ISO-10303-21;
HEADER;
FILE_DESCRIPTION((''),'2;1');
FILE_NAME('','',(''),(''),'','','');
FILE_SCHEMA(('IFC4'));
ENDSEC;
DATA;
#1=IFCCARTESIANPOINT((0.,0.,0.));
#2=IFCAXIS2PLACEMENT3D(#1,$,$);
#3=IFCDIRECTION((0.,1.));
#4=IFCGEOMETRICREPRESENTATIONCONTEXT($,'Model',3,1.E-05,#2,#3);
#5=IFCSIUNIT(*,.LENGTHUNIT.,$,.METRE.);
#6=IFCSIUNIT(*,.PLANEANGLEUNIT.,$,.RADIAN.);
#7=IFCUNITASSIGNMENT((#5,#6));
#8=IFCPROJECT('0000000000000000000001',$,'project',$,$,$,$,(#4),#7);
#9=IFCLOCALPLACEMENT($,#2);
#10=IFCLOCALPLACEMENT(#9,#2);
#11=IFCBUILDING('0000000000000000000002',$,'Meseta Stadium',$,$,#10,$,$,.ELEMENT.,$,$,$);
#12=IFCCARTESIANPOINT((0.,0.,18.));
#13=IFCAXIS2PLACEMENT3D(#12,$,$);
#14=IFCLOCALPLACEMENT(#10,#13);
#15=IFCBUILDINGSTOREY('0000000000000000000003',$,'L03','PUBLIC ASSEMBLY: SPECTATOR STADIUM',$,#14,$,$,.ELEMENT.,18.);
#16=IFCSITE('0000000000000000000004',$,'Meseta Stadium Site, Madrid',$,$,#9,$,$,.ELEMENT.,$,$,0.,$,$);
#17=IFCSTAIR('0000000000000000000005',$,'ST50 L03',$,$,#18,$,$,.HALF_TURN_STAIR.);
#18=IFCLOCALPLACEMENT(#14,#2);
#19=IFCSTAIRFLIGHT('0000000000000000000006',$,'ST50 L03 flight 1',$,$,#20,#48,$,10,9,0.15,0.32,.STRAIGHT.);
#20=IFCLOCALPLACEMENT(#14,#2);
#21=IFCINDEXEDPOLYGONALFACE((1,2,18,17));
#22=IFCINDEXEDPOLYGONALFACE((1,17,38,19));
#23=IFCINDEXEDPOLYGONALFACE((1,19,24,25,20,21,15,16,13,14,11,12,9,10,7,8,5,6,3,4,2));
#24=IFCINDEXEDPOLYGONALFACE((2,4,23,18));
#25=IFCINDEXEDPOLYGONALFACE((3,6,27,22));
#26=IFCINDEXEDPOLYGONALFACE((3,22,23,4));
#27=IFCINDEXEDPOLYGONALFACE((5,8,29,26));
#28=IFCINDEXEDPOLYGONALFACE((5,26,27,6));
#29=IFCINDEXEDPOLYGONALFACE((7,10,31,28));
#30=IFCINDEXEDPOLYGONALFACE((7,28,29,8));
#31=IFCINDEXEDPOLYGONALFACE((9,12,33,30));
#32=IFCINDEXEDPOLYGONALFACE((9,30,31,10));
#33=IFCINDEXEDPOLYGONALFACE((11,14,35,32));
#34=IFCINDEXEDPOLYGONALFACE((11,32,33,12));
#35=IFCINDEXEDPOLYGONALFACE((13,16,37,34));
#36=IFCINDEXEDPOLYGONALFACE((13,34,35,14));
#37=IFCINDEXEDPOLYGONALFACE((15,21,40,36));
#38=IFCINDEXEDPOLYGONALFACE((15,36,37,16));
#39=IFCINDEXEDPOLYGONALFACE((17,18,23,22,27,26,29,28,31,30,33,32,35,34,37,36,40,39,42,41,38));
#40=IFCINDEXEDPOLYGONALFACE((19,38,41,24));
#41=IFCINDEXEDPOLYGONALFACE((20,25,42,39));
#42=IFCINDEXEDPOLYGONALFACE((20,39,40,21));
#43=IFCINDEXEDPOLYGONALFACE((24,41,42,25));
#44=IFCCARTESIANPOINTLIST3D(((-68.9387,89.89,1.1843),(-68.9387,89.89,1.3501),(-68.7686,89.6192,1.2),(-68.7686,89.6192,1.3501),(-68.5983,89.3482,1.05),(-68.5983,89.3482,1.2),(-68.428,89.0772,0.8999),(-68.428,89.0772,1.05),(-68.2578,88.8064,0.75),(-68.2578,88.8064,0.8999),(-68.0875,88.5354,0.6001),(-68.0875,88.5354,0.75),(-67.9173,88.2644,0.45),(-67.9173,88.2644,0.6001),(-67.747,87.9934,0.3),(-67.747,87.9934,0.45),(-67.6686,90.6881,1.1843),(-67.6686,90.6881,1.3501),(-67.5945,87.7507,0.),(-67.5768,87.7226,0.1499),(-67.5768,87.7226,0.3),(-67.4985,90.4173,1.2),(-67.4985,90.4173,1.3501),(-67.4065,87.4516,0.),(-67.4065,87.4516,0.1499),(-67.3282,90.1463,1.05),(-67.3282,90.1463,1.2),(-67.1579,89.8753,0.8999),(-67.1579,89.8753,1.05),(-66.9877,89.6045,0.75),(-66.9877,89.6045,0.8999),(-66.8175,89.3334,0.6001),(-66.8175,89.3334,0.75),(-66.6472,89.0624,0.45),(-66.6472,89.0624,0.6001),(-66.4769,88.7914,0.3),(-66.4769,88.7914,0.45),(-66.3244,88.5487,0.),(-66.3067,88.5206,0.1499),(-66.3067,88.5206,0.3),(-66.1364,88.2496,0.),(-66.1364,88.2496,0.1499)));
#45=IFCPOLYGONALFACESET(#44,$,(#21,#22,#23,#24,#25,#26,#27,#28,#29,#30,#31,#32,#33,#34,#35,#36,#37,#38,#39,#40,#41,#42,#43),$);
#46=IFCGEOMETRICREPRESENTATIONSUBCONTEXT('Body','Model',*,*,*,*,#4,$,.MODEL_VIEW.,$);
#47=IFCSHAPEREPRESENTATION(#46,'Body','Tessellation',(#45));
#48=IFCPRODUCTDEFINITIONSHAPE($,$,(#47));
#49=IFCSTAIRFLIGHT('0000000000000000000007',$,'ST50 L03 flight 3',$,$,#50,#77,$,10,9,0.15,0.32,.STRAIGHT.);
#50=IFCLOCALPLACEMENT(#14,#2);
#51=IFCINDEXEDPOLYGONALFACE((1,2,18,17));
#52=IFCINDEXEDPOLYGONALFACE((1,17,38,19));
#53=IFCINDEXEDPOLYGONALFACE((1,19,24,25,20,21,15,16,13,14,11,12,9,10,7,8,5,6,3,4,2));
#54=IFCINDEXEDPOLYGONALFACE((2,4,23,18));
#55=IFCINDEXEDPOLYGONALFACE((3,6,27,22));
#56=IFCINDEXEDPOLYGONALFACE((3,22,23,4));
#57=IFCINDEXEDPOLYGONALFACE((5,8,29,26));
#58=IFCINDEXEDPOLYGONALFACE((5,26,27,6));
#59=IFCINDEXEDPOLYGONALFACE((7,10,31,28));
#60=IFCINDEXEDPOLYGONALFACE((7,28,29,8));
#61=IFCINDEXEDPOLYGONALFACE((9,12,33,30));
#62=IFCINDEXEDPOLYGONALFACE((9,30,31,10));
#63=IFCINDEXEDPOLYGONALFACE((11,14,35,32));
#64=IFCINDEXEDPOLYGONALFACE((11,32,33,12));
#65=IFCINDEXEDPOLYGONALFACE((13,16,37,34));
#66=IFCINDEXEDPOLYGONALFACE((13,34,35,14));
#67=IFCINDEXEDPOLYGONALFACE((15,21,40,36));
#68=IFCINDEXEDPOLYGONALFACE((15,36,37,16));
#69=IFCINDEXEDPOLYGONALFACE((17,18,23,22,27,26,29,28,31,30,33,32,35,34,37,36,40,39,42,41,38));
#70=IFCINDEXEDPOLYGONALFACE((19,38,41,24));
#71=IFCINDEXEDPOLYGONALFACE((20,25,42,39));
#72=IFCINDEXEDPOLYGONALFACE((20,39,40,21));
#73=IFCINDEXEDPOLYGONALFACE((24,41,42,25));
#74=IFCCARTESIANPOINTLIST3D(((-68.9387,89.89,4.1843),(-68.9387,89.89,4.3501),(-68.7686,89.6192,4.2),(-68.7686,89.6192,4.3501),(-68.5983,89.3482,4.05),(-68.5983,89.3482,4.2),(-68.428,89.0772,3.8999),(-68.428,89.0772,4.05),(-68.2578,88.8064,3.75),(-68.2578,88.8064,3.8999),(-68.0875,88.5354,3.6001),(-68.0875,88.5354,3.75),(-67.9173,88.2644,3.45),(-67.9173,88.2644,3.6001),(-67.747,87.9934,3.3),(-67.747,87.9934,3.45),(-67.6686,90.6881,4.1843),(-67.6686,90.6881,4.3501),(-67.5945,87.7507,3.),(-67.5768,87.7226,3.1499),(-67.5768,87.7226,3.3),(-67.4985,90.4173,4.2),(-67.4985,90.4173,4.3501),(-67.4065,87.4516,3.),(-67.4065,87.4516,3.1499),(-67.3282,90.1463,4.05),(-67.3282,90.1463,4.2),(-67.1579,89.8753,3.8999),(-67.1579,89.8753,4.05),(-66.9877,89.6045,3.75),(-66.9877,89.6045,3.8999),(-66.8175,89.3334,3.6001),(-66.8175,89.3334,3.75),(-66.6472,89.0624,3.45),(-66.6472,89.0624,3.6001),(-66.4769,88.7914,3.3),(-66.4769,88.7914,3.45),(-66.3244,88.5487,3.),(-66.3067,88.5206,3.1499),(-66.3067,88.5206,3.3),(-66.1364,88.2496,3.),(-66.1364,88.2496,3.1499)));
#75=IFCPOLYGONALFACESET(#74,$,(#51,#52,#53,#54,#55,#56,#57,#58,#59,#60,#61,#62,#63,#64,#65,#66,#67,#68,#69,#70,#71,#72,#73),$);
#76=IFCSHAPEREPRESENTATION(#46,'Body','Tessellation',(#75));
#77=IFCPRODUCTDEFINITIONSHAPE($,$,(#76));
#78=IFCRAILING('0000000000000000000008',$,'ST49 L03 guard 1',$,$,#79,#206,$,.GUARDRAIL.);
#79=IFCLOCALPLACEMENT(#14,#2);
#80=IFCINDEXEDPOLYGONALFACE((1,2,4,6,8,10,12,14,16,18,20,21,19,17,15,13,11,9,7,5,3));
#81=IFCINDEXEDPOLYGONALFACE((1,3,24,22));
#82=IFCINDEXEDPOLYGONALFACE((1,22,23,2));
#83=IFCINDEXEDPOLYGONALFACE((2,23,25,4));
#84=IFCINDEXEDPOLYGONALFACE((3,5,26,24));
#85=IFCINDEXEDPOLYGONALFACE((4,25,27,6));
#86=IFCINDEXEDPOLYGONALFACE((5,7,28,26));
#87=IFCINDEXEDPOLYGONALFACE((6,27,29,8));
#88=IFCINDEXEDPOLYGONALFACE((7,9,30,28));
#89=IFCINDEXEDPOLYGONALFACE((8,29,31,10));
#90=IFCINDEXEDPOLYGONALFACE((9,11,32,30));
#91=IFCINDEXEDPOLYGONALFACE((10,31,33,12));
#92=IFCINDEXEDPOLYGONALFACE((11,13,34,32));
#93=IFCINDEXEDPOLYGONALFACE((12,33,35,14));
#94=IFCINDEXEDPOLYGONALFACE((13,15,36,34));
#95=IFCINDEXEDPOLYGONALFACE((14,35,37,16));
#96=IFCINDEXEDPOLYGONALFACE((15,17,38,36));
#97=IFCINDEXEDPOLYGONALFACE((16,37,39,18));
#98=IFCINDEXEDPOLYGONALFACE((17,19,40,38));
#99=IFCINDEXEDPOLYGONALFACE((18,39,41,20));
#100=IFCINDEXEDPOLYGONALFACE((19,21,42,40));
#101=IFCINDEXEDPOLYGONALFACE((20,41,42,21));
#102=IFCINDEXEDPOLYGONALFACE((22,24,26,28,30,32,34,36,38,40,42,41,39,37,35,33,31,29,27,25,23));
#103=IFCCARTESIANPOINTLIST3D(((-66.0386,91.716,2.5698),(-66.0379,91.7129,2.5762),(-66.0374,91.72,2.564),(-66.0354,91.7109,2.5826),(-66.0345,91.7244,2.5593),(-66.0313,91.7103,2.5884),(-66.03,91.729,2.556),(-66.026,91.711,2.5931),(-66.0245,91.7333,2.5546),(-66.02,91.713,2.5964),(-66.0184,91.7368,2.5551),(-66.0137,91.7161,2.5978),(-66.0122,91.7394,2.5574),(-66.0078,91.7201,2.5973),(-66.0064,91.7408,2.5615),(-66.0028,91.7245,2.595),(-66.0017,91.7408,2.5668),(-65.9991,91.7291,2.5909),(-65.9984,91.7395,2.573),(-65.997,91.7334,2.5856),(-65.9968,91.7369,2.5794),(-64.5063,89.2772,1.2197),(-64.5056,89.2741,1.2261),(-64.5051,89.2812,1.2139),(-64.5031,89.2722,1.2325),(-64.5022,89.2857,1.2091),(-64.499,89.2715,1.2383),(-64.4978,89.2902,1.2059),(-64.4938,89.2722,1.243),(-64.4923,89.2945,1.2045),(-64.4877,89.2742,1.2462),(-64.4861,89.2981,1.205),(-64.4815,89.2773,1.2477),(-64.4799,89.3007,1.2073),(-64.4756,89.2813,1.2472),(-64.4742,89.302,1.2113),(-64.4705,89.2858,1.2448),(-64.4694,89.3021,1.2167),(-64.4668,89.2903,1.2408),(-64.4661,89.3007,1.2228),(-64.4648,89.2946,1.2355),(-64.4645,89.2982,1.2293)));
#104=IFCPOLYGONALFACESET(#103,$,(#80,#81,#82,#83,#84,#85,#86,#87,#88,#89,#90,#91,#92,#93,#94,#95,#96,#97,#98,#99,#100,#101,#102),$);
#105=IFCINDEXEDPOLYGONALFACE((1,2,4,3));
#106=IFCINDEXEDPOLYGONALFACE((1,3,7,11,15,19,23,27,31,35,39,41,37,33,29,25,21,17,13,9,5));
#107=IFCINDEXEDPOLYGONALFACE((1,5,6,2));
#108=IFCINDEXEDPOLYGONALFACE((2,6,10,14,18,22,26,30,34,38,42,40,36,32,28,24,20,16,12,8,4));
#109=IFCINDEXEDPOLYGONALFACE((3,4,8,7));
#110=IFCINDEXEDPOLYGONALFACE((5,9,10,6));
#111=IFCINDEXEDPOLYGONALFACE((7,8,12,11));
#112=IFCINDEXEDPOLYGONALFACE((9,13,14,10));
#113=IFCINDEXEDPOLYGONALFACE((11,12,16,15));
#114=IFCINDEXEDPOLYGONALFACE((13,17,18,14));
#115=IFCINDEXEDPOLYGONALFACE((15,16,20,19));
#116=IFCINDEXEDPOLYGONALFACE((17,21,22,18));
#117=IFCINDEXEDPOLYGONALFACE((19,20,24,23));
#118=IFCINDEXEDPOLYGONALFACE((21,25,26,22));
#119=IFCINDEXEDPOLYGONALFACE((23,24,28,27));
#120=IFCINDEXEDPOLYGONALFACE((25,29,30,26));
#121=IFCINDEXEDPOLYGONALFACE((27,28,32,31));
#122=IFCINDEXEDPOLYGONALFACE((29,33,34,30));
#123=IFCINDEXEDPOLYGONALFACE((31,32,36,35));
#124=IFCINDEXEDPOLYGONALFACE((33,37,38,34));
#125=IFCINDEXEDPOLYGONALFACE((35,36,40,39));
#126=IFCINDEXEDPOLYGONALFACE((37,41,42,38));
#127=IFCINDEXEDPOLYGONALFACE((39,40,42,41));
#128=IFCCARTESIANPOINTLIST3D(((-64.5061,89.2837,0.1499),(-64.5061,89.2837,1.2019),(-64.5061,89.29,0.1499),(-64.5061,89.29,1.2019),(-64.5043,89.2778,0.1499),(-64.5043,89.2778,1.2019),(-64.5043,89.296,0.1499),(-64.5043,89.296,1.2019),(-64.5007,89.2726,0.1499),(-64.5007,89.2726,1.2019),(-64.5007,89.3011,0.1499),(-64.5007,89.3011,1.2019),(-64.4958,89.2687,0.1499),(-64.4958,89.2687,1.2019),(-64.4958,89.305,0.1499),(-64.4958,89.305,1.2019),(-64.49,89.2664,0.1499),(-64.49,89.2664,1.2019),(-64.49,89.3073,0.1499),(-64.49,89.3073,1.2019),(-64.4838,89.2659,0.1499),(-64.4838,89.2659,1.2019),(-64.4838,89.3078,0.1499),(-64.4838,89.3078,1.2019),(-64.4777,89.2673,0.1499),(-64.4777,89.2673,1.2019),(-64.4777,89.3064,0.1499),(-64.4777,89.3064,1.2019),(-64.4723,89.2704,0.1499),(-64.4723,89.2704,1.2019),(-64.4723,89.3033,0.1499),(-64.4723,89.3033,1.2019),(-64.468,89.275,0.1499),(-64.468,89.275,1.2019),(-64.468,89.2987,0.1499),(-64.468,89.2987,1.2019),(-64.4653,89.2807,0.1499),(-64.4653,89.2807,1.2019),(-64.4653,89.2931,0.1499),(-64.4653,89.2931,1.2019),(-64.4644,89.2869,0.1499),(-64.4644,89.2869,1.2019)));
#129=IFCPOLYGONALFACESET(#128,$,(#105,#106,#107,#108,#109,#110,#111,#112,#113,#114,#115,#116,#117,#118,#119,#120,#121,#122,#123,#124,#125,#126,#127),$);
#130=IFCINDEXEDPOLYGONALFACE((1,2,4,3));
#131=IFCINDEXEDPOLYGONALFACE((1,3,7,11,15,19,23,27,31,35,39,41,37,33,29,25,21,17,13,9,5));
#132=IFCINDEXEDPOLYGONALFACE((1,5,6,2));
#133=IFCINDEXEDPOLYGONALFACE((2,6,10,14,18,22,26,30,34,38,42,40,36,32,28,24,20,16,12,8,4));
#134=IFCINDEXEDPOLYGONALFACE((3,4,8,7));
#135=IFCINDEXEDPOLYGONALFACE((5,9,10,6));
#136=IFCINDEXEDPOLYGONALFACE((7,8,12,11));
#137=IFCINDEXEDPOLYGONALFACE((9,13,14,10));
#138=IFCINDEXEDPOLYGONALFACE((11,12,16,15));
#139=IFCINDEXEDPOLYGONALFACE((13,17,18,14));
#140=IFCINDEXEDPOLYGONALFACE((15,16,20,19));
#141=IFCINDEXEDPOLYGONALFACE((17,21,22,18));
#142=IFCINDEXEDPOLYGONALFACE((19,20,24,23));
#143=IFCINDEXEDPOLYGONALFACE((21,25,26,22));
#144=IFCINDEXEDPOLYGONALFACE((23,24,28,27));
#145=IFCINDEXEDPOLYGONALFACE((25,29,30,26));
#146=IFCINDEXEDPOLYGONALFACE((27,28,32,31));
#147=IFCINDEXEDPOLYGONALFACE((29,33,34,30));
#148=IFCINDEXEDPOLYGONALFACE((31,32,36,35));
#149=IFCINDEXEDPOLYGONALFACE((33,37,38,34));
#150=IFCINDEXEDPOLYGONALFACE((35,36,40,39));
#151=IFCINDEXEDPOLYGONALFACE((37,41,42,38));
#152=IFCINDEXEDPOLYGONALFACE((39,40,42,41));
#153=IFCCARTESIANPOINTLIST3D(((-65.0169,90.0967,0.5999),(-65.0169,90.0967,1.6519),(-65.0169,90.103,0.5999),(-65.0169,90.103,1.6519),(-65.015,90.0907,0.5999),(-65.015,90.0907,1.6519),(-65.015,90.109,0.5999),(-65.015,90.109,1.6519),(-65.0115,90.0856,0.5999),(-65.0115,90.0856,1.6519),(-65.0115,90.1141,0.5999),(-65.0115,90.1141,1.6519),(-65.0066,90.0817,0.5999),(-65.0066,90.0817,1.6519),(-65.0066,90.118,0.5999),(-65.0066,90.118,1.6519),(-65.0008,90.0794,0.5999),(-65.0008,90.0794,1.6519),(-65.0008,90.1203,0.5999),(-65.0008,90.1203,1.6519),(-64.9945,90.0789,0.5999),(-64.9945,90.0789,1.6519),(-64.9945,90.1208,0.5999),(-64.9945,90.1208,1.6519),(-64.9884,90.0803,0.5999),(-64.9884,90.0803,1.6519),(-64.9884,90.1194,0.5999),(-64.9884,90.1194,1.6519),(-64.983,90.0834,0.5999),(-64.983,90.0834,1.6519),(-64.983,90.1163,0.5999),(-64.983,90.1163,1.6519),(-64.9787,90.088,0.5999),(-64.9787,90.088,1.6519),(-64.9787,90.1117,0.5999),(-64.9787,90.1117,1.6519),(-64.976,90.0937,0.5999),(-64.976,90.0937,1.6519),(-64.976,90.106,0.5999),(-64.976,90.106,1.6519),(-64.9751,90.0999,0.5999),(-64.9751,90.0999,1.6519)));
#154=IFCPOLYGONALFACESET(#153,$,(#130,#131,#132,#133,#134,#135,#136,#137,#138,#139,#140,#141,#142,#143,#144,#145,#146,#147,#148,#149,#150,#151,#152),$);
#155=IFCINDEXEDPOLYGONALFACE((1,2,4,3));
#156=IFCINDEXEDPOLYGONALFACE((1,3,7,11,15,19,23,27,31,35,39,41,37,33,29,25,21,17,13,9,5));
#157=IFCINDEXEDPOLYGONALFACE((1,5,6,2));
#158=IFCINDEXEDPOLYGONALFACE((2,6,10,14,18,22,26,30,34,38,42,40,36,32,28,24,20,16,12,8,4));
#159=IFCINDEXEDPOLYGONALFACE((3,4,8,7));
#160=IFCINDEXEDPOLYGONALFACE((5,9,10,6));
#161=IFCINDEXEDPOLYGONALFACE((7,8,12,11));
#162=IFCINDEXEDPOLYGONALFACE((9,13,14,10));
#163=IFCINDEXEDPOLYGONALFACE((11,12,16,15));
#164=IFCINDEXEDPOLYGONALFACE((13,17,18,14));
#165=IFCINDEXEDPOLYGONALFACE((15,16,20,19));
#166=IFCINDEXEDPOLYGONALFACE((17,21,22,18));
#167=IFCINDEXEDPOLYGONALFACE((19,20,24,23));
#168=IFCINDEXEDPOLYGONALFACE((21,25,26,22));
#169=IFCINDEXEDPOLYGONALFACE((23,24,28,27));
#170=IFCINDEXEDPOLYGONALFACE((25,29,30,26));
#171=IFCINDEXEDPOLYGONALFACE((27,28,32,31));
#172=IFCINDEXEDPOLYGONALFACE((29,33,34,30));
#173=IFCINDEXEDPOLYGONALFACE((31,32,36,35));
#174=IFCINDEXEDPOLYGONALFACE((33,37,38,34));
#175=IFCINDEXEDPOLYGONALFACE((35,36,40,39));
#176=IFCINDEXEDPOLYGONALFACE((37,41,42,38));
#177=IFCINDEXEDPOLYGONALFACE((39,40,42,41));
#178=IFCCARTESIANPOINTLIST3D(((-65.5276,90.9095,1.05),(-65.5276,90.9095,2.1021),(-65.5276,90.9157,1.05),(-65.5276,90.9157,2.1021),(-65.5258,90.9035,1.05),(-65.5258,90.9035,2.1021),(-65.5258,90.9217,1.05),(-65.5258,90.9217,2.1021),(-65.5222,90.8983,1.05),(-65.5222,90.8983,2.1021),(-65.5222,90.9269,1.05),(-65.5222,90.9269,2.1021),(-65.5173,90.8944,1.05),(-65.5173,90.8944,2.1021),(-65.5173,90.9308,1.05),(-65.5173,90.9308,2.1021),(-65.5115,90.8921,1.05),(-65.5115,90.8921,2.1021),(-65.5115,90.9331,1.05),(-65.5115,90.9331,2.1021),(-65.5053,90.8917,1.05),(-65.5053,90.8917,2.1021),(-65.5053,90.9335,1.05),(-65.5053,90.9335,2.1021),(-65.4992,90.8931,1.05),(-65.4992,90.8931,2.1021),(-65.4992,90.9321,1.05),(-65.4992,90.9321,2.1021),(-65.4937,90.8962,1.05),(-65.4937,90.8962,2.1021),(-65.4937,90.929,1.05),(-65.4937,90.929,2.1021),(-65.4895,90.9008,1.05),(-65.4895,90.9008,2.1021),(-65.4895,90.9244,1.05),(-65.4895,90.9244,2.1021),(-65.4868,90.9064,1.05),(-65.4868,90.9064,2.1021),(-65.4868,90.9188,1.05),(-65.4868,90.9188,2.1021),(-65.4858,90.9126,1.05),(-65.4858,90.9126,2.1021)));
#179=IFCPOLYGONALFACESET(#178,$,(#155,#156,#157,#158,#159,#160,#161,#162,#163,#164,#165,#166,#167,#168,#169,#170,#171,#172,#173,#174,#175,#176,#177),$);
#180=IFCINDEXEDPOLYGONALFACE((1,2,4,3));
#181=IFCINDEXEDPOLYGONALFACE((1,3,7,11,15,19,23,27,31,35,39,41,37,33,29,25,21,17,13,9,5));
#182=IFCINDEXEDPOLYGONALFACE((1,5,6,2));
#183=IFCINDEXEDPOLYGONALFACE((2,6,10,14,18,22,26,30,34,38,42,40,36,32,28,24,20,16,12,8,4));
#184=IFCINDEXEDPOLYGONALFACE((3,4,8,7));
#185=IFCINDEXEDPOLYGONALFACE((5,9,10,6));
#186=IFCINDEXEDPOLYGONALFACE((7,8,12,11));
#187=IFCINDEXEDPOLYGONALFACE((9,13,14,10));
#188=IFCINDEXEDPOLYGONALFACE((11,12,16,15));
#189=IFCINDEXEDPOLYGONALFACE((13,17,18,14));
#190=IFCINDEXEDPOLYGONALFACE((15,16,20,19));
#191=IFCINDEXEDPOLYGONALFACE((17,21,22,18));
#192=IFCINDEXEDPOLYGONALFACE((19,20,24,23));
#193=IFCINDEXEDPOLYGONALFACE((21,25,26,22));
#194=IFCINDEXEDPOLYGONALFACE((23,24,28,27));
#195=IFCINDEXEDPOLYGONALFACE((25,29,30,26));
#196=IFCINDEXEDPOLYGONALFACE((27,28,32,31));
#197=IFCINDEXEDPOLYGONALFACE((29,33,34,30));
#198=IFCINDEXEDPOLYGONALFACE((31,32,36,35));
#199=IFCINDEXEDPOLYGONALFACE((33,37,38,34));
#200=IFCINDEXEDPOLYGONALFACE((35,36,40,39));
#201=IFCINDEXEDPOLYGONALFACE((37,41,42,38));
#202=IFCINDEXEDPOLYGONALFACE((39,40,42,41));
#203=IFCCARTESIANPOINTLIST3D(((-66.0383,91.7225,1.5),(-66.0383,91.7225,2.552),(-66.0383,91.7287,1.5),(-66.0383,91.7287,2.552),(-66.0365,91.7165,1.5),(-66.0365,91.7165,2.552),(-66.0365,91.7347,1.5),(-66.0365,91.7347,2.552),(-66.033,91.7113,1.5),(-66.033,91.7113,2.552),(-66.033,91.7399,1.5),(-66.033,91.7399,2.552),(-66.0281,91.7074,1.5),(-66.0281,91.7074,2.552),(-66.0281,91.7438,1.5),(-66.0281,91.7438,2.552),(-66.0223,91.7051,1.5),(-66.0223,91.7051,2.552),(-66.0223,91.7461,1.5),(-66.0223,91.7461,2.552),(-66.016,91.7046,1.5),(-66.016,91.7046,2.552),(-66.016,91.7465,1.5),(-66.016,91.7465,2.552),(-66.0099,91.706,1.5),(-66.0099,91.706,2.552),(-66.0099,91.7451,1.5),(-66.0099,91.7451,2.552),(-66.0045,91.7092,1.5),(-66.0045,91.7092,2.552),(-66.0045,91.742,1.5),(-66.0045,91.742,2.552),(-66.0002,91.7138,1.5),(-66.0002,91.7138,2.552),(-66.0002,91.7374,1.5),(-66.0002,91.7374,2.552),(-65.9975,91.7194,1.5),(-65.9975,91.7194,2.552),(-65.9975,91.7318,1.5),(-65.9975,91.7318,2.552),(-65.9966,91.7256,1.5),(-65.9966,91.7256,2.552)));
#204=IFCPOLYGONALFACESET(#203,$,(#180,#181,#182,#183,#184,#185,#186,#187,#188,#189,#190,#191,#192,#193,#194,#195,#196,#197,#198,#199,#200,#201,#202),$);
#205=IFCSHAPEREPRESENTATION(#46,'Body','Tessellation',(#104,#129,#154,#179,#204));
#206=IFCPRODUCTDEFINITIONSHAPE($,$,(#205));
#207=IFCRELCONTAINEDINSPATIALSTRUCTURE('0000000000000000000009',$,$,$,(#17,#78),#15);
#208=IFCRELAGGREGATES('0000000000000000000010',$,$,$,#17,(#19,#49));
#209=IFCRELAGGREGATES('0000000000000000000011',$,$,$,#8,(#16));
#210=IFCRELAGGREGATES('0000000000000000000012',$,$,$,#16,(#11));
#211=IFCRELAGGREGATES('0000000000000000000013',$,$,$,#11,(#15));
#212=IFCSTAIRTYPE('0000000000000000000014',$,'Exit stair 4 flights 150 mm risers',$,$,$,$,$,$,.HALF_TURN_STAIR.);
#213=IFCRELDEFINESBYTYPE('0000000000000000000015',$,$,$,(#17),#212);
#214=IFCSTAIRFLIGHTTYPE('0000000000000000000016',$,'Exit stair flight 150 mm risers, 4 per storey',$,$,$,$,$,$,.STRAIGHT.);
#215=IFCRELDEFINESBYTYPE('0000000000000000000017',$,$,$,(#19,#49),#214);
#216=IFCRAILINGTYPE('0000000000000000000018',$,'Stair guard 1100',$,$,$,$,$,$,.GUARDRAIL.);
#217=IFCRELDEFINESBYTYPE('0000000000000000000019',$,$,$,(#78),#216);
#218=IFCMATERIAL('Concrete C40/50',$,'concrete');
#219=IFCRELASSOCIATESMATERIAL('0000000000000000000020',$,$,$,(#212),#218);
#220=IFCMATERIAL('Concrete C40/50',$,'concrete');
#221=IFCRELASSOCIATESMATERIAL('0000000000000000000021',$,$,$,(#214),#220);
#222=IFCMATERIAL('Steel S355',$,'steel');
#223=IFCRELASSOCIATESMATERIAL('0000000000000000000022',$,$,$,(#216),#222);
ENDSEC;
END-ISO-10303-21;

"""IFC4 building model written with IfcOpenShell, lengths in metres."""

from ifc_helpers import new_model, si_unit, direction, frame, origin, origin_2d, place, context, subcontext, project, spatial, polyline, circle, outline, extrude, material, type_object, element, aggregate, save


model = new_model("IFC4")

# Units and contexts
model_context = context("Model", 3, precision=1e-05, world=origin(), true_north=direction((0.0, 1.0)))
body_context = subcontext(model_context, "Body", "Model", "MODEL_VIEW")
ifc_project = project(units=[si_unit("LENGTHUNIT", "METRE"), si_unit("PLANEANGLEUNIT", "RADIAN")], contexts=[model_context])

# Site, building, storey
site_placement = place(None, origin())
site = spatial("IfcSite", under=ifc_project, at=site_placement, Name="Meseta Stadium Site, Madrid", CompositionType="ELEMENT", RefElevation=0.0)
building_placement = place(site_placement, origin())
building = spatial("IfcBuilding", under=site, at=building_placement, Name="Meseta Stadium", CompositionType="ELEMENT")
storey_placement = place(building_placement, frame((0.0, 0.0, 18.0)))
storey = spatial("IfcBuildingStorey", under=building, at=storey_placement, Name="L03", Description="PUBLIC ASSEMBLY: SPECTATOR STADIUM", CompositionType="ELEMENT", Elevation=18.0)

# Stair, stair flights
ifc_material_1 = material(Name="Concrete C40/50", Category="concrete")
stair_type = type_object("IfcStairType", Name="Exit stair 4 flights 150 mm risers", PredefinedType="HALF_TURN_STAIR", material=ifc_material_1)
ifc_material_2 = material(Name="Concrete C40/50", Category="concrete")
stair_flight_type = type_object("IfcStairFlightType", Name="Exit stair flight 150 mm risers, 4 per storey", PredefinedType="STRAIGHT", material=ifc_material_2)
stair_1_placement = place(storey_placement, origin())
stair_1 = element("IfcStair", 1, at=stair_1_placement, inside=storey, type_object=stair_type, Name="ST50 L03", PredefinedType="HALF_TURN_STAIR")
stair_flight_1_placement = place(storey_placement, frame((-66.7715, 87.8506, 0.0), z_axis=(0.0, 0.0, 1.0), x_axis=(-0.532032, 0.846724, 0.0)))
stair_flight_1 = element("IfcStairFlight", 2, at=stair_flight_1_placement, type_object=stair_flight_type, Name="ST50 L03 flight 1", NumberOfRisers=10, NumberOfTreads=9, PredefinedType="STRAIGHT", RiserHeight=0.15, TreadLength=0.32, context=body_context, shape_type="SweptSolid", body=[
    extrude(outline(polyline([(0.0, 0.0), (0.0, 0.1499), (0.3201, 0.1499), (0.3201, 0.3), (0.6399, 0.3), (0.6399, 0.45), (0.96, 0.45), (0.96, 0.6001), (1.28, 0.6001), (1.28, 0.75), (1.6001, 0.75), (1.6001, 0.8999), (1.9199, 0.8999), (1.9199, 1.05), (2.24, 1.05), (2.24, 1.2), (2.5601, 1.2), (2.5601, 1.3501), (2.8799, 1.3501), (2.8799, 1.1843), (0.3533, 0.0), (0.0, 0.0)])), frame((0.0, 0.75, 0.0), z_axis=(0.0, -1.0, 0.0), x_axis=(1.0, 0.0, 0.0)), (0.0, 0.0, 1.0), 1.5),
])
stair_flight_2_placement = place(storey_placement, frame((-66.7715, 87.8506, 3.0), z_axis=(0.0, 0.0, 1.0), x_axis=(-0.532032, 0.846724, 0.0)))
stair_flight_2 = element("IfcStairFlight", 3, at=stair_flight_2_placement, type_object=stair_flight_type, Name="ST50 L03 flight 3", NumberOfRisers=10, NumberOfTreads=9, PredefinedType="STRAIGHT", RiserHeight=0.15, TreadLength=0.32, context=body_context, shape_type="SweptSolid", body=[
    extrude(outline(polyline([(0.0, 0.0), (0.0, 0.1499), (0.3201, 0.1499), (0.3201, 0.3), (0.6399, 0.3), (0.6399, 0.45), (0.96, 0.45), (0.96, 0.6001), (1.28, 0.6001), (1.28, 0.75), (1.6001, 0.75), (1.6001, 0.8999), (1.9199, 0.8999), (1.9199, 1.05), (2.24, 1.05), (2.24, 1.2), (2.5601, 1.2), (2.5601, 1.3501), (2.8799, 1.3501), (2.8799, 1.1843), (0.3533, 0.0), (0.0, 0.0)])), frame((0.0, 0.75, 0.0), z_axis=(0.0, -1.0, 0.0), x_axis=(1.0, 0.0, 0.0)), (0.0, 0.0, 1.0), 1.5),
])
aggregate(stair_1, [stair_flight_1, stair_flight_2])

# Railing
ifc_material_3 = material(Name="Steel S355", Category="steel")
railing_type_1 = type_object("IfcRailingType", Name="Stair guard 1100", PredefinedType="GUARDRAIL", material=ifc_material_3)
railing_1_placement = place(storey_placement, frame((-64.4854, 89.2869, 0.1499)))
element("IfcRailing", 4, at=railing_1_placement, inside=storey, type_object=railing_type_1, Name="ST49 L03 guard 1", PredefinedType="GUARDRAIL", context=body_context, shape_type="SweptSolid", body=[
    extrude(circle(Radius=0.0239, at=origin_2d()), frame((0.0, 0.0, 1.0762), z_axis=(-0.481703, 0.766687, 0.424445), x_axis=(-0.846743, -0.532001, 0.0)), (0.0, 0.0, 1.0), 3.1809),
    extrude(circle(Radius=0.021, at=origin_2d()), origin(), (0.0, 0.0, 1.0), 1.052),
    extrude(circle(Radius=0.021, at=origin_2d()), frame((-0.5107, 0.813, 0.45)), (0.0, 0.0, 1.0), 1.052),
    extrude(circle(Radius=0.021, at=origin_2d()), frame((-1.0215, 1.6257, 0.9001)), (0.0, 0.0, 1.0), 1.052),
    extrude(circle(Radius=0.021, at=origin_2d()), frame((-1.5322, 2.4387, 1.3501)), (0.0, 0.0, 1.0), 1.052),
])

save(model, "model.ifc")
